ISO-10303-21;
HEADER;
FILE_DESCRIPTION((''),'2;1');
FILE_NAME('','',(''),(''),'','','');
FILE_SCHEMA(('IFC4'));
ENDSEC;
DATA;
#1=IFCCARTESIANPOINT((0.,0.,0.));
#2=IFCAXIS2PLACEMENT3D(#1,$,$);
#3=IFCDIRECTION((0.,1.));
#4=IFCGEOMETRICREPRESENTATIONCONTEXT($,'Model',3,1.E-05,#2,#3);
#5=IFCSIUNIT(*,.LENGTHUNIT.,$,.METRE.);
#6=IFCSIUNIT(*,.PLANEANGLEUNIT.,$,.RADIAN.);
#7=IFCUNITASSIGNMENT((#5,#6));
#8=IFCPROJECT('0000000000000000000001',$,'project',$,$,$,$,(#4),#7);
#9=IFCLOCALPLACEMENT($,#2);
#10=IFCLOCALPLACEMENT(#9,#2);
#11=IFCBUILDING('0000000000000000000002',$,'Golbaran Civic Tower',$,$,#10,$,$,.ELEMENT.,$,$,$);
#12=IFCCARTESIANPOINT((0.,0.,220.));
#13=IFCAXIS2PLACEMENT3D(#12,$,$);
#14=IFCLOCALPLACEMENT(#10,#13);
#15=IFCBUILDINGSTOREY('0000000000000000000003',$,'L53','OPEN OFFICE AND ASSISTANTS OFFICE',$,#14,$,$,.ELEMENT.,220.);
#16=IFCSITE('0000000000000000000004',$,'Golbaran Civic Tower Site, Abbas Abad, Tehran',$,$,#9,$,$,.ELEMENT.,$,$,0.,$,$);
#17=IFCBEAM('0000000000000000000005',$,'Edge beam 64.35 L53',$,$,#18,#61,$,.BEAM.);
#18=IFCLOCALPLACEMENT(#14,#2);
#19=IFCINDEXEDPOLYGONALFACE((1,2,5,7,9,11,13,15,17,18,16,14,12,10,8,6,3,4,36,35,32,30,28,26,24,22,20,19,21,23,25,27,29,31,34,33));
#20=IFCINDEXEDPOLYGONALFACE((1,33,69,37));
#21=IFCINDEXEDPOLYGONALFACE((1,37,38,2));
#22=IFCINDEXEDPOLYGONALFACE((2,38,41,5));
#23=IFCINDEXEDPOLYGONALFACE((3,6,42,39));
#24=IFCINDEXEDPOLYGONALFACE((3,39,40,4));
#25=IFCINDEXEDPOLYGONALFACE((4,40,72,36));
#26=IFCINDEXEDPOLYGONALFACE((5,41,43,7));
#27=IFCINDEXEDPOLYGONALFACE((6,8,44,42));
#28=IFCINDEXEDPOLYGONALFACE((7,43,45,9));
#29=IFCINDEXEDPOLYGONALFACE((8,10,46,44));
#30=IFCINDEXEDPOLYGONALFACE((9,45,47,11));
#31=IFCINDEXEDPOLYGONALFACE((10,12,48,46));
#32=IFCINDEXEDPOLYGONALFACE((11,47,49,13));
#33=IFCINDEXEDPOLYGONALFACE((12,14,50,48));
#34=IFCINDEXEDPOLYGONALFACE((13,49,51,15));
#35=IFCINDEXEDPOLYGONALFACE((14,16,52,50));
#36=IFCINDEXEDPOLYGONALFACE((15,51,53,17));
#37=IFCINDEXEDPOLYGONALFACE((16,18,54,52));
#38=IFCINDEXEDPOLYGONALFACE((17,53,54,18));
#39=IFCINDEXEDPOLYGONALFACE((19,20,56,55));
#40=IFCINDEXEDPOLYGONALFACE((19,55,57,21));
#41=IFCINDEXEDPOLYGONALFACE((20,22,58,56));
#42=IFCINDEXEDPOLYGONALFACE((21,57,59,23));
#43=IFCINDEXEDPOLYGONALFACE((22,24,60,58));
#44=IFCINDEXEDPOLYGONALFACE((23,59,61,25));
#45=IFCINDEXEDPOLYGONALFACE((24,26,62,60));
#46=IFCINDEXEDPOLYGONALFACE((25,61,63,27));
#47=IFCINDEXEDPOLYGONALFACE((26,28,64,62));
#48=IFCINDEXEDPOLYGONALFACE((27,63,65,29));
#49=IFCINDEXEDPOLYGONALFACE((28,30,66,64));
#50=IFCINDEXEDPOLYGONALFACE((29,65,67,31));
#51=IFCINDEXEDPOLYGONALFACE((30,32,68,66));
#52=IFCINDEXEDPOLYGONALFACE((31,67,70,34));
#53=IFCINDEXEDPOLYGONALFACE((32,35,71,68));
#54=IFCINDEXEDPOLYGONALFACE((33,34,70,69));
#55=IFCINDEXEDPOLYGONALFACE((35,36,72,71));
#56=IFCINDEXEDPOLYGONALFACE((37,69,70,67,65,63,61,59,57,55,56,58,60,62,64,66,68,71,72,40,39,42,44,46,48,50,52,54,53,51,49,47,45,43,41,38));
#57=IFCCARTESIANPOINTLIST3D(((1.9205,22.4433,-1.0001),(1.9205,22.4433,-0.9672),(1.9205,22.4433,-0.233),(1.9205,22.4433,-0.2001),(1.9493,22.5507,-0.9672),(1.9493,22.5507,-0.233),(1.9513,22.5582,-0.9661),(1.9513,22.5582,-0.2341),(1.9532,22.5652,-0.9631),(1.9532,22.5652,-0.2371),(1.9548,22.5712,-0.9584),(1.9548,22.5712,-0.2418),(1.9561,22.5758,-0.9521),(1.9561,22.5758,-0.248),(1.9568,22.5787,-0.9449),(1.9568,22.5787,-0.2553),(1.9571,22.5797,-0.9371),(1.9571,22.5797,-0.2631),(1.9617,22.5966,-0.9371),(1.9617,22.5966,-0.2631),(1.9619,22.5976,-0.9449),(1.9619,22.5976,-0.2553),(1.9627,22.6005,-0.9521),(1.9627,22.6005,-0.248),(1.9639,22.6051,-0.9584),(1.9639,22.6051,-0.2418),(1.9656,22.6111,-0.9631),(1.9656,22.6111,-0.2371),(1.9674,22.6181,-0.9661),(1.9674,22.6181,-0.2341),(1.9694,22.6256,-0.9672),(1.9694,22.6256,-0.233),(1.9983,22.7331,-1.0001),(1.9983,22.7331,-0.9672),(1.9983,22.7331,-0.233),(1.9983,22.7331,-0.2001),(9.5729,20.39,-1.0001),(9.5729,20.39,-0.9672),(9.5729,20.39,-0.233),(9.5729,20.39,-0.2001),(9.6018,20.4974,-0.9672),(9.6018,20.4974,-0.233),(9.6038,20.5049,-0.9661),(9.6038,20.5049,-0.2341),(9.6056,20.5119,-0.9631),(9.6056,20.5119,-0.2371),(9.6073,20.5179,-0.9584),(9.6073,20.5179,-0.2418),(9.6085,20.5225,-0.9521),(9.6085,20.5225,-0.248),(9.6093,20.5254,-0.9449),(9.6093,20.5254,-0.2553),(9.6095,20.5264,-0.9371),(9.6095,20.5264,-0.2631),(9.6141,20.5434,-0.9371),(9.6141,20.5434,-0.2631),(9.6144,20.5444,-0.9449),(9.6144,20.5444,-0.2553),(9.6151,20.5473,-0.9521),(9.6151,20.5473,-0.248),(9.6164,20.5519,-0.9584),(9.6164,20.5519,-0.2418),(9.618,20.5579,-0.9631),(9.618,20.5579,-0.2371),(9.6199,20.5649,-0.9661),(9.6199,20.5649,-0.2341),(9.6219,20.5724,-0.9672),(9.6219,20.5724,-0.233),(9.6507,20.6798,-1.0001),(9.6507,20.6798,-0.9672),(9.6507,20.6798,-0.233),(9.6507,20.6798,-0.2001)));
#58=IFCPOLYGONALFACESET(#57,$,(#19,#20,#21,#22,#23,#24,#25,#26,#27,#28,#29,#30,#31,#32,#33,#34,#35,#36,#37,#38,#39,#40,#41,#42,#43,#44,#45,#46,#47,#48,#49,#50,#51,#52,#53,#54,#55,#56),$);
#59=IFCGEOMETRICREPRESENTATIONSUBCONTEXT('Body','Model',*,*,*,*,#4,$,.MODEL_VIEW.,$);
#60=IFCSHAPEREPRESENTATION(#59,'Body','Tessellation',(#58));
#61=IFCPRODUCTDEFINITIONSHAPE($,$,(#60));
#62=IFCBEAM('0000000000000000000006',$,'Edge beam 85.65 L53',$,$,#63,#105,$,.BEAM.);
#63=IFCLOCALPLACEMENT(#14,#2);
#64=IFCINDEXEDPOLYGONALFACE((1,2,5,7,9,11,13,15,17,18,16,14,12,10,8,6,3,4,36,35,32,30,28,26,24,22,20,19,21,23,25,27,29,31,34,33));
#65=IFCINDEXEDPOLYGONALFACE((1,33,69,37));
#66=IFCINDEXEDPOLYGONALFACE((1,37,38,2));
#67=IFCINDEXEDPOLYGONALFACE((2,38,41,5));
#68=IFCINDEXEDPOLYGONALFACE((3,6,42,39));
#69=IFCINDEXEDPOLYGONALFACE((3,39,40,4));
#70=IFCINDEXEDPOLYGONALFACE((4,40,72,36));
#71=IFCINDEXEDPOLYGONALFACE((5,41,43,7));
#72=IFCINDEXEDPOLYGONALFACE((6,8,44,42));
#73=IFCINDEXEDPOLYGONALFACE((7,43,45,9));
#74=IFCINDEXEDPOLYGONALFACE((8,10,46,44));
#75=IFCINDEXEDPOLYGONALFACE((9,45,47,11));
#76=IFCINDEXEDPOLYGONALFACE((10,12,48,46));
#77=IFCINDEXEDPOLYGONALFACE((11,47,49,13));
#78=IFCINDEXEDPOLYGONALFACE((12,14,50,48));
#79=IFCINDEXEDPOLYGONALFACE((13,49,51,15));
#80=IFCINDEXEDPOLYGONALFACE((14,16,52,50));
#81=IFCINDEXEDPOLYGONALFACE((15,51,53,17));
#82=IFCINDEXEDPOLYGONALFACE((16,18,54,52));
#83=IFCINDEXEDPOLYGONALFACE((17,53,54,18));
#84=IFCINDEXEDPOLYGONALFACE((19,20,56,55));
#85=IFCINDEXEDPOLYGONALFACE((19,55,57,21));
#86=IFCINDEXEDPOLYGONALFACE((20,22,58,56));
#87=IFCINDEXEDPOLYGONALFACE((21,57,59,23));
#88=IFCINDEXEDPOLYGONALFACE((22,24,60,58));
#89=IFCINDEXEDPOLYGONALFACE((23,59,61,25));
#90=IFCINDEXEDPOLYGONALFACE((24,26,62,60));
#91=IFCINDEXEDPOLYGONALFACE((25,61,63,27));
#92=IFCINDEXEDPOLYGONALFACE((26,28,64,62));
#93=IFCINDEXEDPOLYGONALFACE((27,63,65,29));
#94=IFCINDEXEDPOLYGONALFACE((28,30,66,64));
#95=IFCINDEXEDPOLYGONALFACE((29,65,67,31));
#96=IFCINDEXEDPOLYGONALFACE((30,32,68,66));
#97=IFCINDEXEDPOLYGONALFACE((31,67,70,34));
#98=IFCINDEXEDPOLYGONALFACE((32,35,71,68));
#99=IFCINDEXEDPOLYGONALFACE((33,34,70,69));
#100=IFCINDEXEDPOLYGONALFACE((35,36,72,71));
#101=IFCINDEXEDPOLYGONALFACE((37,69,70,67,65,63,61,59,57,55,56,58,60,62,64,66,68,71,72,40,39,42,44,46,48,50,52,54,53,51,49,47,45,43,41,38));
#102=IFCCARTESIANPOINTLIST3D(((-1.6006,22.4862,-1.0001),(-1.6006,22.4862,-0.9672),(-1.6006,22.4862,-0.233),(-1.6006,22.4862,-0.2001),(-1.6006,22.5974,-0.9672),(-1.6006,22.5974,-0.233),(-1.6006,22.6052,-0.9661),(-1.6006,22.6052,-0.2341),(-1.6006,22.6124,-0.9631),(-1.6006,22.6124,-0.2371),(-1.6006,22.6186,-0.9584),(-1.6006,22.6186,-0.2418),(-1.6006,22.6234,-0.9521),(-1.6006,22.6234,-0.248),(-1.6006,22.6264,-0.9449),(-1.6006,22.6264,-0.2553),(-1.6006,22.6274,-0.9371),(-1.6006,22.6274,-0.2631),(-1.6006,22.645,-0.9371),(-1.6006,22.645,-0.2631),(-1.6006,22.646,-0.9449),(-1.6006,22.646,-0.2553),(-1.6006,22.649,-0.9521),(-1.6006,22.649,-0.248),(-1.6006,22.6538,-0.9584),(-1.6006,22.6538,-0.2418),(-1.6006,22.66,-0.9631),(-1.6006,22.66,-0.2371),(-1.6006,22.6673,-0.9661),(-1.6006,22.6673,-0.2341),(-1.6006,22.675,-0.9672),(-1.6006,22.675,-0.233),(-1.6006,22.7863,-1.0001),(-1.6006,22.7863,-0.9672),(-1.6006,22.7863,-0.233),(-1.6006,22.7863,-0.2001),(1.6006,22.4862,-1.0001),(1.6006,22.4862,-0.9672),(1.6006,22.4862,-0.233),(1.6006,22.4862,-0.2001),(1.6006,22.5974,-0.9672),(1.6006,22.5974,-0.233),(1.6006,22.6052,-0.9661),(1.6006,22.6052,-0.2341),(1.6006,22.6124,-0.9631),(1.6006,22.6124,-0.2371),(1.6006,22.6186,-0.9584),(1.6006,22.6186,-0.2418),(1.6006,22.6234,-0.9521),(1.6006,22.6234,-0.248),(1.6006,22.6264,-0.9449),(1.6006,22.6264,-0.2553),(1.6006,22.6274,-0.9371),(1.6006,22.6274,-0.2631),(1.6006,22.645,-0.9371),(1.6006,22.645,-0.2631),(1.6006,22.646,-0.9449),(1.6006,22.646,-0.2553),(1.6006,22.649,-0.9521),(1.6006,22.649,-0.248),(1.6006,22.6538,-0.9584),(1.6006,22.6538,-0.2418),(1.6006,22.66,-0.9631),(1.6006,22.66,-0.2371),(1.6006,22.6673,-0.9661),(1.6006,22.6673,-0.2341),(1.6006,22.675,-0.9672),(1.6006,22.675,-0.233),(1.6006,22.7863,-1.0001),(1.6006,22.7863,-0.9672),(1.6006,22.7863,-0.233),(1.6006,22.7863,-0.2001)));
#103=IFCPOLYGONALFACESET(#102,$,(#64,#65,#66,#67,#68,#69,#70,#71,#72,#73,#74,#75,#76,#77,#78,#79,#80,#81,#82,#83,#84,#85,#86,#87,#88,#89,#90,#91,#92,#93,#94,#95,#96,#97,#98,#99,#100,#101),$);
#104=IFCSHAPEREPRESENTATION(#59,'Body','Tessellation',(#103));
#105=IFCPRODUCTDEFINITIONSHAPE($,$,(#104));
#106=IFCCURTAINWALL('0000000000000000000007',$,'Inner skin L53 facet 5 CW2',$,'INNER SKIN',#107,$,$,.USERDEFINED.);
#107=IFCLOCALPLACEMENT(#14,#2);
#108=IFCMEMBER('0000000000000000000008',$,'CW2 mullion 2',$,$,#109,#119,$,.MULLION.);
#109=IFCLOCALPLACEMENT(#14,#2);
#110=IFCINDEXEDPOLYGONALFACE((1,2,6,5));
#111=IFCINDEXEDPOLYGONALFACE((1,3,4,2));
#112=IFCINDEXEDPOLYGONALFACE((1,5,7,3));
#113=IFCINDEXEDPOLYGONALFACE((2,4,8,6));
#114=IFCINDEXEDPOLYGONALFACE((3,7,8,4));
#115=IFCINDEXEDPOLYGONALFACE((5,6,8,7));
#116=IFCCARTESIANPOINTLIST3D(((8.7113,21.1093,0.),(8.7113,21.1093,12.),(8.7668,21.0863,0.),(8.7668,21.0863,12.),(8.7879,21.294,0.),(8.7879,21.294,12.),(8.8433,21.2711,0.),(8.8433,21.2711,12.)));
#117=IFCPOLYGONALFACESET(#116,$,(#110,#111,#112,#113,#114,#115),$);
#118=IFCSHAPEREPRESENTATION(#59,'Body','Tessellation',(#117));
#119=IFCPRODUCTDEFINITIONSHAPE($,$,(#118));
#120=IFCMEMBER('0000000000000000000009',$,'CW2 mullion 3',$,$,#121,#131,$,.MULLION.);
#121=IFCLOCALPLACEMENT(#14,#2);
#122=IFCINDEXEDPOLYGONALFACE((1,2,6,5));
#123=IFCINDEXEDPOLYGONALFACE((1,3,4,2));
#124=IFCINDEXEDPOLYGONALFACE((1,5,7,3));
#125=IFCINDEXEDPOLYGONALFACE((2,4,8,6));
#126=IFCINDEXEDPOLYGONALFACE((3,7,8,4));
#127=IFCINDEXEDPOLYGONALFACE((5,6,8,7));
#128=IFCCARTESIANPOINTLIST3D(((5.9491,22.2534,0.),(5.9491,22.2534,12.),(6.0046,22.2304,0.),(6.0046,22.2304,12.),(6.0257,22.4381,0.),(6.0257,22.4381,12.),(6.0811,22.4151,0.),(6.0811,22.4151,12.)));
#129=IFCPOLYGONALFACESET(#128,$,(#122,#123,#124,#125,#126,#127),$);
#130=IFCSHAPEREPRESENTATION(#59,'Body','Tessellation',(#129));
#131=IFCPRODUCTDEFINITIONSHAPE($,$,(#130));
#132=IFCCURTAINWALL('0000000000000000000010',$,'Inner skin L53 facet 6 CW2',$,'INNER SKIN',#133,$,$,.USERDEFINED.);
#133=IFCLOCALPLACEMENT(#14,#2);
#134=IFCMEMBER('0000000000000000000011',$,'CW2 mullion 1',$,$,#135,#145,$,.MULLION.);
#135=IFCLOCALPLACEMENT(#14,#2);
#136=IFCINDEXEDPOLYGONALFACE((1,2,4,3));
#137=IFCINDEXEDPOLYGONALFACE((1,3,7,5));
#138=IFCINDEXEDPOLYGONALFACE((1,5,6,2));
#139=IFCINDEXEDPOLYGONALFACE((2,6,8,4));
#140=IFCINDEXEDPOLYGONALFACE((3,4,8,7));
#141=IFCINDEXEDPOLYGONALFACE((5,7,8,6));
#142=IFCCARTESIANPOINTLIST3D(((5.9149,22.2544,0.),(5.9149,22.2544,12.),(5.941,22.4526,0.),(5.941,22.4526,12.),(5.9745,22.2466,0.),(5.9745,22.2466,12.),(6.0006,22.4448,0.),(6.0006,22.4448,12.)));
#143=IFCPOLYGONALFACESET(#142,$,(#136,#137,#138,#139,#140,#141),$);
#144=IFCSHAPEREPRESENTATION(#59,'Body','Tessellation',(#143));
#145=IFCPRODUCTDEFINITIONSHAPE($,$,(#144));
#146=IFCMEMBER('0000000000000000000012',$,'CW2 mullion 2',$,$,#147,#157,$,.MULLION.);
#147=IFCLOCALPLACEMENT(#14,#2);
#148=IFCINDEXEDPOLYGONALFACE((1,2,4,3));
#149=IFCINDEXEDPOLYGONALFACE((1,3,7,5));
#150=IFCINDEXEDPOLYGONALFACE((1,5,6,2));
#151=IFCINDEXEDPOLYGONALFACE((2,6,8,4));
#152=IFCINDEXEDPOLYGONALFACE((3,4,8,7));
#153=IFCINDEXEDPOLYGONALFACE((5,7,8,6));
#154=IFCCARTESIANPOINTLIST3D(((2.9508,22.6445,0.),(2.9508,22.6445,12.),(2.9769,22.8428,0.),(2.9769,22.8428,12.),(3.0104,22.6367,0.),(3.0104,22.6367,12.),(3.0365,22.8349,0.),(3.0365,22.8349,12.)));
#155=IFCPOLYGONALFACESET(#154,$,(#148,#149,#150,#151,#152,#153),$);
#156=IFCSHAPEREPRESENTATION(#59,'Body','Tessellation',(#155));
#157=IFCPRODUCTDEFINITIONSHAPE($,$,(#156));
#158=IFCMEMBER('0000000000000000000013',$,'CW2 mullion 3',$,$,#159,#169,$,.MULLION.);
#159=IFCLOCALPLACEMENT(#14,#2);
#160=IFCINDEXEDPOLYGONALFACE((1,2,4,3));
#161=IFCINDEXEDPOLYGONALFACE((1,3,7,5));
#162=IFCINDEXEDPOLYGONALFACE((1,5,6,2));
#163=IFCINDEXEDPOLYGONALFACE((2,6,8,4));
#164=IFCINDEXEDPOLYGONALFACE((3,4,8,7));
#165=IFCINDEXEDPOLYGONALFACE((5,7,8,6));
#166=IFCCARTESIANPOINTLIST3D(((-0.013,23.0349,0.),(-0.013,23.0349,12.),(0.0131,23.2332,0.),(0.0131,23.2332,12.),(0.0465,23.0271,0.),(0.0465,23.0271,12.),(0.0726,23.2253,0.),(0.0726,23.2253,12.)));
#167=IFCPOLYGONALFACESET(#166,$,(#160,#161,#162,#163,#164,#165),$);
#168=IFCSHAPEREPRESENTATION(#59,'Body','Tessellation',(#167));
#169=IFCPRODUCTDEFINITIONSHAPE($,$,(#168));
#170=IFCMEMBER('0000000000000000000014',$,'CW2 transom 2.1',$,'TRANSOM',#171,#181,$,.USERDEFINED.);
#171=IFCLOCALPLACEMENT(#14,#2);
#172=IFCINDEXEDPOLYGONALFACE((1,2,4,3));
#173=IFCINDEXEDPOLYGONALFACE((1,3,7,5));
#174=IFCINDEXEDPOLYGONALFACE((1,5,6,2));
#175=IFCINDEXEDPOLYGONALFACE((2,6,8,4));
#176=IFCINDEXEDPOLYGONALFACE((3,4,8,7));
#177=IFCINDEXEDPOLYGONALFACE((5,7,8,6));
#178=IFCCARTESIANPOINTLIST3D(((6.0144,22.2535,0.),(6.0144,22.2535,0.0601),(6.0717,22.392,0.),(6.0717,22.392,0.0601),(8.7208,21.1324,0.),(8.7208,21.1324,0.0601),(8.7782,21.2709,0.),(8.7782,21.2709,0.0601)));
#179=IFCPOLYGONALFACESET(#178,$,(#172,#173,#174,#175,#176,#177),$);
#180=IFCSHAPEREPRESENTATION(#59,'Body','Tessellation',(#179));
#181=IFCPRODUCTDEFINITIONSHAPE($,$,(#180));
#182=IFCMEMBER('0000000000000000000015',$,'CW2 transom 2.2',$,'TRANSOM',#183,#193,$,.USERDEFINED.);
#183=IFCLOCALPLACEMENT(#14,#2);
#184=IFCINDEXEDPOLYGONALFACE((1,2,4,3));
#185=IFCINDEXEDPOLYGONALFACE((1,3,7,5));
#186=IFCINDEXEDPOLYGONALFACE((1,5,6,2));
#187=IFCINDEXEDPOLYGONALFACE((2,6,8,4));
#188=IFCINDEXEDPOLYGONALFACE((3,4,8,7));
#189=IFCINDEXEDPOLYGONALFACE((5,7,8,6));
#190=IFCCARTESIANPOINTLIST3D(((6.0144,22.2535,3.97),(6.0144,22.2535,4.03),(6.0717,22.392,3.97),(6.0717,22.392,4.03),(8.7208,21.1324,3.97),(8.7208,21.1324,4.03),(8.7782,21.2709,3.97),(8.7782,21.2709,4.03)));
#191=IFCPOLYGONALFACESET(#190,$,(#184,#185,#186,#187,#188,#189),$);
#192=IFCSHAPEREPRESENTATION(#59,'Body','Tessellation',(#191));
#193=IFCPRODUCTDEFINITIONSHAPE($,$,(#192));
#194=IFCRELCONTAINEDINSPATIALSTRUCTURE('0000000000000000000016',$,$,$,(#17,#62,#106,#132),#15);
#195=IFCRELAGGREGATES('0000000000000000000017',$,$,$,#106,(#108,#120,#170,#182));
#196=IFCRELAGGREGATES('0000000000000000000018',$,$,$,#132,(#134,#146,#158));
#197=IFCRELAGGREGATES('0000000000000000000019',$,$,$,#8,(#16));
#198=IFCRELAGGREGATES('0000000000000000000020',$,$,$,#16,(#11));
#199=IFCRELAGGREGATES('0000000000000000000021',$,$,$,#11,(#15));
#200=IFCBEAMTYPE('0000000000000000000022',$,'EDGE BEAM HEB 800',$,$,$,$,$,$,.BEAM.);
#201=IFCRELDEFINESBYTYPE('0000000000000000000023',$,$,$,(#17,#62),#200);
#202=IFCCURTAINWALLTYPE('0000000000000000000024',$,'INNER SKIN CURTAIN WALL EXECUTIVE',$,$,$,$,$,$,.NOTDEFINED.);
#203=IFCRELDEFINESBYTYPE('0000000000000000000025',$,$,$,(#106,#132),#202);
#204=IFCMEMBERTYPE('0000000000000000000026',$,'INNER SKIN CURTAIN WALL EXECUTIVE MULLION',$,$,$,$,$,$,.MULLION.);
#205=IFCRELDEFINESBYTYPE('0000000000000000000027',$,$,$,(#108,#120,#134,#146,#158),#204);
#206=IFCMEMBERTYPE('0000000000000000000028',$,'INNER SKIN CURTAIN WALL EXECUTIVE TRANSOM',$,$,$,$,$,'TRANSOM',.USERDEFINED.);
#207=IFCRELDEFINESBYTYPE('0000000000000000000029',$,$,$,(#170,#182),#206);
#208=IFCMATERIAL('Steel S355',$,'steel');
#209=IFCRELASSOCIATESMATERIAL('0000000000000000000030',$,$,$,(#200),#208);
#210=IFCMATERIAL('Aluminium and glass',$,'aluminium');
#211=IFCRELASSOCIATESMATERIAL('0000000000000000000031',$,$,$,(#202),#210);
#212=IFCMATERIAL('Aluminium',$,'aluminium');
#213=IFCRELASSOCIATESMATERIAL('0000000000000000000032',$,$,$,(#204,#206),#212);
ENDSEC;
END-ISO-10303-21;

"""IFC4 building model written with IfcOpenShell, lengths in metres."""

from ifc_helpers import new_model, si_unit, direction, frame, origin, origin_2d, place, context, subcontext, project, spatial, rectangle, i_section, extrude, material, material_profile, profile_set, type_object, element, aggregate, save


model = new_model("IFC4")

# Units and contexts
model_context = context("Model", 3, precision=1e-05, world=origin(), true_north=direction((0.0, 1.0)))
body_context = subcontext(model_context, "Body", "Model", "MODEL_VIEW")
ifc_project = project(units=[si_unit("LENGTHUNIT", "METRE"), si_unit("PLANEANGLEUNIT", "RADIAN")], contexts=[model_context])

# Site, building, storey
site_placement = place(None, origin())
site = spatial("IfcSite", under=ifc_project, at=site_placement, Name="Golbaran Civic Tower Site, Abbas Abad, Tehran", CompositionType="ELEMENT", RefElevation=0.0)
building_placement = place(site_placement, origin())
building = spatial("IfcBuilding", under=site, at=building_placement, Name="Golbaran Civic Tower", CompositionType="ELEMENT")
storey_placement = place(building_placement, frame((0.0, 0.0, 220.0)))
storey = spatial("IfcBuildingStorey", under=building, at=storey_placement, Name="L53", Description="OPEN OFFICE AND ASSISTANTS OFFICE", CompositionType="ELEMENT", Elevation=220.0)

# Beams
ifc_material_1 = material(Name="Steel S355", Category="steel")
ifc_material_profile_1 = material_profile(ifc_material_1, i_section(OverallWidth=0.3, OverallDepth=0.8, WebThickness=0.0176, FlangeThickness=0.033, FilletRadius=0.03, at=origin_2d()), Name="HEB 800")
ifc_profile_set_1 = profile_set([ifc_material_profile_1], Name="Steel S355")
beam_type = type_object("IfcBeamType", Name="EDGE BEAM HEB 800", PredefinedType="BEAM", material=ifc_profile_set_1)
beam_1_placement = place(storey_placement, frame((9.6118, 20.5349, -0.6001), z_axis=(-0.965838, 0.259147, 0.0), x_axis=(-0.259147, -0.965838, 0.0)))
element("IfcBeam", 1, at=beam_1_placement, inside=storey, type_object=beam_type, Name="Edge beam 64.35 L53", PredefinedType="BEAM", context=body_context, shape_type="SweptSolid", body=[
    extrude(i_section(OverallWidth=0.3, OverallDepth=0.8, WebThickness=0.0176, FlangeThickness=0.033, FilletRadius=0.03, at=origin_2d()), origin(), (0.0, 0.0, 1.0), 7.9231),
])
beam_2_placement = place(storey_placement, frame((1.6006, 22.6362, -0.6001), z_axis=(-1.0, 0.0, 0.0), x_axis=(0.0, -1.0, 0.0)))
element("IfcBeam", 2, at=beam_2_placement, inside=storey, type_object=beam_type, Name="Edge beam 85.65 L53", PredefinedType="BEAM", context=body_context, shape_type="SweptSolid", body=[
    extrude(i_section(OverallWidth=0.3, OverallDepth=0.8, WebThickness=0.0176, FlangeThickness=0.033, FilletRadius=0.03, at=origin_2d()), origin(), (0.0, 0.0, 1.0), 3.2012),
])

# Curtain walls, members
ifc_material_2 = material(Name="Aluminium and glass", Category="aluminium")
curtain_wall_type = type_object("IfcCurtainWallType", Name="INNER SKIN CURTAIN WALL EXECUTIVE", PredefinedType="NOTDEFINED", material=ifc_material_2)
curtain_wall_1_placement = place(storey_placement, origin())
curtain_wall_1 = element("IfcCurtainWall", 3, at=curtain_wall_1_placement, inside=storey, type_object=curtain_wall_type, Name="Inner skin L53 facet 5 CW2", ObjectType="INNER SKIN", PredefinedType="USERDEFINED")
ifc_material_3 = material(Name="Aluminium", Category="aluminium")
ifc_material_profile_2 = material_profile(ifc_material_3, rectangle(XDim=0.2, YDim=0.0601, at=origin_2d()), Name="INNER SKIN CURTAIN WALL EXECUTIVE MULLION")
ifc_profile_set_2 = profile_set([ifc_material_profile_2], Name="Aluminium")
member_type_1 = type_object("IfcMemberType", Name="INNER SKIN CURTAIN WALL EXECUTIVE MULLION", PredefinedType="MULLION", material=ifc_profile_set_2)
member_1_placement = place(storey_placement, frame((8.7773, 21.1902, 0.0), z_axis=(0.0, 0.0, 1.0), x_axis=(-0.382683, -0.92388, 0.0)))
member_1 = element("IfcMember", 4, at=member_1_placement, type_object=member_type_1, Name="CW2 mullion 2", PredefinedType="MULLION", context=body_context, shape_type="SweptSolid", body=[
    extrude(rectangle(XDim=0.2, YDim=0.0601, at=origin_2d()), origin(), (0.0, 0.0, 1.0), 12.0),
])
member_2_placement = place(storey_placement, frame((6.0151, 22.3342, 0.0), z_axis=(0.0, 0.0, 1.0), x_axis=(-0.382683, -0.92388, 0.0)))
member_2 = element("IfcMember", 5, at=member_2_placement, type_object=member_type_1, Name="CW2 mullion 3", PredefinedType="MULLION", context=body_context, shape_type="SweptSolid", body=[
    extrude(rectangle(XDim=0.2, YDim=0.0601, at=origin_2d()), origin(), (0.0, 0.0, 1.0), 12.0),
])
curtain_wall_2_placement = place(storey_placement, origin())
curtain_wall_2 = element("IfcCurtainWall", 6, at=curtain_wall_2_placement, inside=storey, type_object=curtain_wall_type, Name="Inner skin L53 facet 6 CW2", ObjectType="INNER SKIN", PredefinedType="USERDEFINED")
member_3_placement = place(storey_placement, frame((5.9578, 22.3496, 0.0), z_axis=(0.0, 0.0, 1.0), x_axis=(-0.130526, -0.991445, 0.0)))
member_3 = element("IfcMember", 7, at=member_3_placement, type_object=member_type_1, Name="CW2 mullion 1", PredefinedType="MULLION", context=body_context, shape_type="SweptSolid", body=[
    extrude(rectangle(XDim=0.2, YDim=0.0601, at=origin_2d()), origin(), (0.0, 0.0, 1.0), 12.0),
])
member_4_placement = place(storey_placement, frame((2.9937, 22.7397, 0.0), z_axis=(0.0, 0.0, 1.0), x_axis=(-0.130526, -0.991445, 0.0)))
member_4 = element("IfcMember", 8, at=member_4_placement, type_object=member_type_1, Name="CW2 mullion 2", PredefinedType="MULLION", context=body_context, shape_type="SweptSolid", body=[
    extrude(rectangle(XDim=0.2, YDim=0.0601, at=origin_2d()), origin(), (0.0, 0.0, 1.0), 12.0),
])
member_5_placement = place(storey_placement, frame((0.0298, 23.1301, 0.0), z_axis=(0.0, 0.0, 1.0), x_axis=(-0.130526, -0.991445, 0.0)))
member_5 = element("IfcMember", 9, at=member_5_placement, type_object=member_type_1, Name="CW2 mullion 3", PredefinedType="MULLION", context=body_context, shape_type="SweptSolid", body=[
    extrude(rectangle(XDim=0.2, YDim=0.0601, at=origin_2d()), origin(), (0.0, 0.0, 1.0), 12.0),
])

# Members
ifc_material_profile_3 = material_profile(ifc_material_3, rectangle(XDim=0.1499, YDim=0.0601, at=origin_2d()), Name="INNER SKIN CURTAIN WALL EXECUTIVE TRANSOM")
ifc_profile_set_3 = profile_set([ifc_material_profile_3], Name="Aluminium")
member_type_2 = type_object("IfcMemberType", Name="INNER SKIN CURTAIN WALL EXECUTIVE TRANSOM", ElementType="TRANSOM", PredefinedType="USERDEFINED", material=ifc_profile_set_3)
member_6_placement = place(storey_placement, frame((8.7495, 21.2017, 0.03), z_axis=(-0.923879, 0.382685, 0.0), x_axis=(-0.382685, -0.923879, 0.0)))
member_6 = element("IfcMember", 10, at=member_6_placement, type_object=member_type_2, Name="CW2 transom 2.1", ObjectType="TRANSOM", PredefinedType="USERDEFINED", context=body_context, shape_type="SweptSolid", body=[
    extrude(rectangle(XDim=0.1499, YDim=0.0601, at=origin_2d()), origin(), (0.0, 0.0, 1.0), 2.9294),
])
member_7_placement = place(storey_placement, frame((8.7495, 21.2017, 4.0), z_axis=(-0.923879, 0.382685, 0.0), x_axis=(-0.382685, -0.923879, 0.0)))
member_7 = element("IfcMember", 11, at=member_7_placement, type_object=member_type_2, Name="CW2 transom 2.2", ObjectType="TRANSOM", PredefinedType="USERDEFINED", context=body_context, shape_type="SweptSolid", body=[
    extrude(rectangle(XDim=0.1499, YDim=0.0601, at=origin_2d()), origin(), (0.0, 0.0, 1.0), 2.9294),
])

aggregate(curtain_wall_1, [member_1, member_2, member_6, member_7])
aggregate(curtain_wall_2, [member_3, member_4, member_5])

save(model, "model.ifc")
